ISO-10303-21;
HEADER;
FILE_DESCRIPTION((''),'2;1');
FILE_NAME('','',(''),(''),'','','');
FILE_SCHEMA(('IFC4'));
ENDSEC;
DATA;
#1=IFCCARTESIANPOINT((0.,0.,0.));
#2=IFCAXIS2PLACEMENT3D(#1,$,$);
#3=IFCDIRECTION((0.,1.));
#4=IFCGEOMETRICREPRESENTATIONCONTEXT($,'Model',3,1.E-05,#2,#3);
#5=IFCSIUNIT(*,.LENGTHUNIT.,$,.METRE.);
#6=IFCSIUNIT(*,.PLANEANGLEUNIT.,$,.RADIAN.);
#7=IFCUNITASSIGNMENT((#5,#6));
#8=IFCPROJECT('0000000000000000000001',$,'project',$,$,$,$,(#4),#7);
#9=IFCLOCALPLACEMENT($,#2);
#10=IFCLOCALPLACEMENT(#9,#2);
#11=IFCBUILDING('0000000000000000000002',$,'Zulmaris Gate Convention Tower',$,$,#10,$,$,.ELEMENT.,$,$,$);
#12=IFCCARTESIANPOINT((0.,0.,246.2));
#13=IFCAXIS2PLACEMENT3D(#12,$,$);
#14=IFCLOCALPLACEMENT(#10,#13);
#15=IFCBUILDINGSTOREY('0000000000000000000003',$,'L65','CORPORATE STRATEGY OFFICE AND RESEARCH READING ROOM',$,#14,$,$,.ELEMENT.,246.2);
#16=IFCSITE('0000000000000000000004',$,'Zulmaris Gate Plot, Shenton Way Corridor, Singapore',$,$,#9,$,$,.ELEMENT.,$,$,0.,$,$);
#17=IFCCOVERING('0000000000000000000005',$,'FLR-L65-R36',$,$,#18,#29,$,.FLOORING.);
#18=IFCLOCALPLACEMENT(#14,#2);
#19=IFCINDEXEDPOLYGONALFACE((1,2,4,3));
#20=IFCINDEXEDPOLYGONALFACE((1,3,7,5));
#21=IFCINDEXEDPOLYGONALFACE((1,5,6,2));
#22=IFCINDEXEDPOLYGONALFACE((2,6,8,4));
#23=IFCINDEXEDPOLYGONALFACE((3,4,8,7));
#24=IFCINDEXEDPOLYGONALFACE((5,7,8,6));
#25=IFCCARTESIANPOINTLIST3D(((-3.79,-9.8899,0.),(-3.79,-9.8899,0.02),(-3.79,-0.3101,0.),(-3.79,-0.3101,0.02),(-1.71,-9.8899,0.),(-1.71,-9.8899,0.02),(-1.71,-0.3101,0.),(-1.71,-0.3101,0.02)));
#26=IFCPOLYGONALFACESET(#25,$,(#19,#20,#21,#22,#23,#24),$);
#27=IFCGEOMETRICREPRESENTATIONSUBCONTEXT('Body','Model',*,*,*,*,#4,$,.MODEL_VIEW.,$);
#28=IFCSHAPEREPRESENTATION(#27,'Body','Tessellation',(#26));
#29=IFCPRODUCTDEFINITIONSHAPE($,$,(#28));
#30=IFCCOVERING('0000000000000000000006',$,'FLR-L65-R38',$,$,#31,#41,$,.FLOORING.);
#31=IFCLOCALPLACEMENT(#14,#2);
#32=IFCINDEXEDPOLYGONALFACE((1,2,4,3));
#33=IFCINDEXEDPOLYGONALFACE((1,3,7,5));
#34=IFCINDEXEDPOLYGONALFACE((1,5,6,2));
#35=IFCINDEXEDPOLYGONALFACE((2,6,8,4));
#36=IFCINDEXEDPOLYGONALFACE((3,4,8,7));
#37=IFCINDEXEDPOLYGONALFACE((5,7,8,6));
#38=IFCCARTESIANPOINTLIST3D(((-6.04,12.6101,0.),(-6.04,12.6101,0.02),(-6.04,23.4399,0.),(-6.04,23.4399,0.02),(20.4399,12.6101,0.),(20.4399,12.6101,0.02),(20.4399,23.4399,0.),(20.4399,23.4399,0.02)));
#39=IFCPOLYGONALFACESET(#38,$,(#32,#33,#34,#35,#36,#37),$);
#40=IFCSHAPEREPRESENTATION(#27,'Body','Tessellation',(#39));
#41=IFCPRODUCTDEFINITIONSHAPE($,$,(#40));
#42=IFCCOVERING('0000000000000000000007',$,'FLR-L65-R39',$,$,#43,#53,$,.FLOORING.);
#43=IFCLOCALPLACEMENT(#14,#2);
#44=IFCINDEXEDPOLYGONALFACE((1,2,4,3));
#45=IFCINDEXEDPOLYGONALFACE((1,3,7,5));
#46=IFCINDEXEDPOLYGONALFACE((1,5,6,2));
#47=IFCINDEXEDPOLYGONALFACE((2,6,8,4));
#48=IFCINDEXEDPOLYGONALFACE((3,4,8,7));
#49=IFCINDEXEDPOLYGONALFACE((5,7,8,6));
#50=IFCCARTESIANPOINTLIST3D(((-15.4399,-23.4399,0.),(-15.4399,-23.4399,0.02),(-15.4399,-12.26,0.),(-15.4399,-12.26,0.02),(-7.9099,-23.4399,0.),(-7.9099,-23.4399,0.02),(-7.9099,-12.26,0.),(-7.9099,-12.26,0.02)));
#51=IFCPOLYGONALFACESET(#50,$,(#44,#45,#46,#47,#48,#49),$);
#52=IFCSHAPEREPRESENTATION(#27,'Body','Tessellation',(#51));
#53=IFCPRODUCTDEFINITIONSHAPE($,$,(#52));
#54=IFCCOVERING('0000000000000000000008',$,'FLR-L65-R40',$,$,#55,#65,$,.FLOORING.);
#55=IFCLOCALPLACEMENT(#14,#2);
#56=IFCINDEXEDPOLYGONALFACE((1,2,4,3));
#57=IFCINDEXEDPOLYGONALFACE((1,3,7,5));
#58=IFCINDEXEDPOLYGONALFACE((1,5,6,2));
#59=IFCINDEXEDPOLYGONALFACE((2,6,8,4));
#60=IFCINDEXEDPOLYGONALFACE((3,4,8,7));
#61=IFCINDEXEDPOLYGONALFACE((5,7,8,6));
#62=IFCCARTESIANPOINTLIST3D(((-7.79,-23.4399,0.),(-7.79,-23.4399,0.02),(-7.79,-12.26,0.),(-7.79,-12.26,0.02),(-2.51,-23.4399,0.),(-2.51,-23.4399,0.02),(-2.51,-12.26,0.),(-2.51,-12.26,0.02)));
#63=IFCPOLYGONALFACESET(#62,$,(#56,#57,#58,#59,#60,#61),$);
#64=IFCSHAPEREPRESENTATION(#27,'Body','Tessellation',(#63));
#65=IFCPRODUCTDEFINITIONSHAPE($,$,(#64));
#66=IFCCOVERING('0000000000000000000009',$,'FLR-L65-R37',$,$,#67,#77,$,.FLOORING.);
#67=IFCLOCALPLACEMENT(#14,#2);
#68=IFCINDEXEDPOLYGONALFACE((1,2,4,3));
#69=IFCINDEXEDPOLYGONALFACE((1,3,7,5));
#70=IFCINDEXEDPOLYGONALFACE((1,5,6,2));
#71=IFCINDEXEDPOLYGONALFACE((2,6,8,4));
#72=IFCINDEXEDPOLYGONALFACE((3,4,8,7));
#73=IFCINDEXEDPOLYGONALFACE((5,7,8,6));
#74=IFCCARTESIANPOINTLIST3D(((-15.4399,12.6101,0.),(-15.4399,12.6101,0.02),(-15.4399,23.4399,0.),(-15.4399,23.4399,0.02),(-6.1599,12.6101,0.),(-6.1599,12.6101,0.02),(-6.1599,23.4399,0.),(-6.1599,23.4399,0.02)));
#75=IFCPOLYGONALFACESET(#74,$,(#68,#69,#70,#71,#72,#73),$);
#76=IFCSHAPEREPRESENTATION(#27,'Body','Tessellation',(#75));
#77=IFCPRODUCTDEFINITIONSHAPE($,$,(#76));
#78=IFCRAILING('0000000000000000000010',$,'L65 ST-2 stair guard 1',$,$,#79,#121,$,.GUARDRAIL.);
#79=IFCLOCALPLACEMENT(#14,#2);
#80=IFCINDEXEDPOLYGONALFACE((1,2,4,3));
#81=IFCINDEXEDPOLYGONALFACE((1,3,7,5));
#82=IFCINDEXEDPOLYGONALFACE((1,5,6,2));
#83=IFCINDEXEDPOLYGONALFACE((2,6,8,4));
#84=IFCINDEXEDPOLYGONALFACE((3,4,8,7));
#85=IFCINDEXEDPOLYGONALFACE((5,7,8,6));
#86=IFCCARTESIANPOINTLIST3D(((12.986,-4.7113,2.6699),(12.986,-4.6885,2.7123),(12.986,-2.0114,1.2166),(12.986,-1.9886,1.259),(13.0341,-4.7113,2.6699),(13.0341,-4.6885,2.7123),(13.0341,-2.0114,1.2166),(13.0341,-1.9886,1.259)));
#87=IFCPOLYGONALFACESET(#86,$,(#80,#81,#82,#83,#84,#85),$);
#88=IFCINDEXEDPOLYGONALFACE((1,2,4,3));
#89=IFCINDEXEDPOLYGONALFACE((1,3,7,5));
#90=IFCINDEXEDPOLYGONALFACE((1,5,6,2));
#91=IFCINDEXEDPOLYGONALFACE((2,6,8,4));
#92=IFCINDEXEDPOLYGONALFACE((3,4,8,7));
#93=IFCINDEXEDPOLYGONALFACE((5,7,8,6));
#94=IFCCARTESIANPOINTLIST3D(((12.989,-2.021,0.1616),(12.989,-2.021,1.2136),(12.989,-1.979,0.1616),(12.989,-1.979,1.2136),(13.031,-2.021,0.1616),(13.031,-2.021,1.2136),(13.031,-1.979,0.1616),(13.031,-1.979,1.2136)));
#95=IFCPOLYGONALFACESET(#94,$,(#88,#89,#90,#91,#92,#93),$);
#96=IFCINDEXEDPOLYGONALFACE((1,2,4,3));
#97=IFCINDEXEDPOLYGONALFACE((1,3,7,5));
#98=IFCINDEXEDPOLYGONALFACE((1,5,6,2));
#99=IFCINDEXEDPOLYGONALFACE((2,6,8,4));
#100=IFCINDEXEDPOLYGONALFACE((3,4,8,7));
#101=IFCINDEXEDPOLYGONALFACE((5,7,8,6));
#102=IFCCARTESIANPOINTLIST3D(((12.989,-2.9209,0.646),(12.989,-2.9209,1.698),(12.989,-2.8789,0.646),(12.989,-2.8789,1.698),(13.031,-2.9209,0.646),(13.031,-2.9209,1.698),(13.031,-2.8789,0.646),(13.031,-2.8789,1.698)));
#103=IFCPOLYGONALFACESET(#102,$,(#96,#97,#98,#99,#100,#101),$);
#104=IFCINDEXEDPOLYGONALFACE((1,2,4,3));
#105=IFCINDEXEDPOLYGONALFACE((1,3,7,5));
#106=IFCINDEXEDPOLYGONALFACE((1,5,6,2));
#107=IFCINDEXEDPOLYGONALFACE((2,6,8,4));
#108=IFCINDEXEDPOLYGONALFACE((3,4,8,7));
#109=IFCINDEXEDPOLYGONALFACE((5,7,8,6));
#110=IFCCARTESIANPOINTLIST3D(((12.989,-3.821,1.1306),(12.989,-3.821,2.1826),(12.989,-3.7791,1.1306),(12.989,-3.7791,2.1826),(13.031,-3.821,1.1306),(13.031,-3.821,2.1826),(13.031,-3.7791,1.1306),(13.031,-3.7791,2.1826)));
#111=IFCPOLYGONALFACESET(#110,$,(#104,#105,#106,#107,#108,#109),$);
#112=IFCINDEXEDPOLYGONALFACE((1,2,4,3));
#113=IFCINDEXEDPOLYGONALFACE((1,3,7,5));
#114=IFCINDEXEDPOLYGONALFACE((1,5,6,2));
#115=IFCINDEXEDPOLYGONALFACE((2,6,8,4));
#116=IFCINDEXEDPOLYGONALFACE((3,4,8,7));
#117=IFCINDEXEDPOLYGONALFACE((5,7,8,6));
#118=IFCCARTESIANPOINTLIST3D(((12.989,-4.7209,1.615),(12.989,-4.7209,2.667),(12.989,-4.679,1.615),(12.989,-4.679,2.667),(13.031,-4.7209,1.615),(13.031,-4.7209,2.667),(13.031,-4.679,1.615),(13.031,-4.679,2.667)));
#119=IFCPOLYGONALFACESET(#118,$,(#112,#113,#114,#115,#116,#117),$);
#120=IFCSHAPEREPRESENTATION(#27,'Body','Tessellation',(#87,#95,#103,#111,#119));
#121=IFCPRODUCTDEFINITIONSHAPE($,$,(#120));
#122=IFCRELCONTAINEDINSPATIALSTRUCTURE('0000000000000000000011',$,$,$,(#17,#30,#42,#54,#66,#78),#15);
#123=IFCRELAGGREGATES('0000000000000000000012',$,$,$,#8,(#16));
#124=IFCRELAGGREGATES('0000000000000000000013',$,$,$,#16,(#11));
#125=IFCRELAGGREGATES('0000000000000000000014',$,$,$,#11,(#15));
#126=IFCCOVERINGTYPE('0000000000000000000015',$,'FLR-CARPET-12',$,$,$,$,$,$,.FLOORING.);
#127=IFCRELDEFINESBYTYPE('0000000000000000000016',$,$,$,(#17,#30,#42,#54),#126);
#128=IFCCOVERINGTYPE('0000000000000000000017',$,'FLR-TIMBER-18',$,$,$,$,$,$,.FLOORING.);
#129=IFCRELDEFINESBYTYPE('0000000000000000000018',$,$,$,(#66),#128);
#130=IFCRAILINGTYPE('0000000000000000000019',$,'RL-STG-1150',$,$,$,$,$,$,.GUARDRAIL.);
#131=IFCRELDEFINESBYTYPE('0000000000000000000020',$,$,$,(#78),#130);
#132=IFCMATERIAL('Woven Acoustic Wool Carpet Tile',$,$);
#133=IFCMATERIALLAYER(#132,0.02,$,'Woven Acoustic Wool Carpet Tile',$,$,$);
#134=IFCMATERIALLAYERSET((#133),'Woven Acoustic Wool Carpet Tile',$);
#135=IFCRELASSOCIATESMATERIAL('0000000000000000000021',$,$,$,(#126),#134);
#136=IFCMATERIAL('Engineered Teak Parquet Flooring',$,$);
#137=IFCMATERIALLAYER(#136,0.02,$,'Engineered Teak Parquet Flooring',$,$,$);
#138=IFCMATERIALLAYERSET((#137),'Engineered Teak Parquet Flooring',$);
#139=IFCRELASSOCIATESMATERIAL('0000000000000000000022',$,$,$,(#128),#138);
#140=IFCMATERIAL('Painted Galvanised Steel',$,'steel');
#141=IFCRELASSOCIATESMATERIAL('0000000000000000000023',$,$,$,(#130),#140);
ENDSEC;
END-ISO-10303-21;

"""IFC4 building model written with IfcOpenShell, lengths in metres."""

from ifc_helpers import new_model, si_unit, direction, frame, origin, origin_2d, place, context, subcontext, project, spatial, polyline, rectangle, outline, extrude, material, layer, layer_set, type_object, element, save


model = new_model("IFC4")

# Units and contexts
model_context = context("Model", 3, precision=1e-05, world=origin(), true_north=direction((0.0, 1.0)))
body_context = subcontext(model_context, "Body", "Model", "MODEL_VIEW")
ifc_project = project(units=[si_unit("LENGTHUNIT", "METRE"), si_unit("PLANEANGLEUNIT", "RADIAN")], contexts=[model_context])

# Site, building, storey
site_placement = place(None, origin())
site = spatial("IfcSite", under=ifc_project, at=site_placement, Name="Zulmaris Gate Plot, Shenton Way Corridor, Singapore", CompositionType="ELEMENT", RefElevation=0.0)
building_placement = place(site_placement, origin())
building = spatial("IfcBuilding", under=site, at=building_placement, Name="Zulmaris Gate Convention Tower", CompositionType="ELEMENT")
storey_placement = place(building_placement, frame((0.0, 0.0, 246.2)))
storey = spatial("IfcBuildingStorey", under=building, at=storey_placement, Name="L65", Description="CORPORATE STRATEGY OFFICE AND RESEARCH READING ROOM", CompositionType="ELEMENT", Elevation=246.2)

# Coverings
ifc_material_1 = material(Name="Woven Acoustic Wool Carpet Tile")
ifc_layer_1 = layer(ifc_material_1, 0.02, Name="Woven Acoustic Wool Carpet Tile")
ifc_layer_set_1 = layer_set([ifc_layer_1], Name="Woven Acoustic Wool Carpet Tile")
covering_type_1 = type_object("IfcCoveringType", Name="FLR-CARPET-12", PredefinedType="FLOORING", material=ifc_layer_set_1)
covering_1_placement = place(storey_placement, origin())
element("IfcCovering", 1, at=covering_1_placement, inside=storey, type_object=covering_type_1, Name="FLR-L65-R36", PredefinedType="FLOORING", context=body_context, shape_type="SweptSolid", body=[
    extrude(outline(polyline([(-3.79, -9.8899), (-1.71, -9.8899), (-1.71, -0.3101), (-3.79, -0.3101), (-3.79, -9.8899)])), origin(), (0.0, 0.0, 1.0), 0.02),
])
covering_2_placement = place(storey_placement, origin())
element("IfcCovering", 2, at=covering_2_placement, inside=storey, type_object=covering_type_1, Name="FLR-L65-R38", PredefinedType="FLOORING", context=body_context, shape_type="SweptSolid", body=[
    extrude(outline(polyline([(-6.04, 12.6101), (20.4399, 12.6101), (20.4399, 23.4399), (-6.04, 23.4399), (-6.04, 12.6101)])), origin(), (0.0, 0.0, 1.0), 0.02),
])
covering_3_placement = place(storey_placement, origin())
element("IfcCovering", 3, at=covering_3_placement, inside=storey, type_object=covering_type_1, Name="FLR-L65-R39", PredefinedType="FLOORING", context=body_context, shape_type="SweptSolid", body=[
    extrude(outline(polyline([(-15.4399, -23.4399), (-7.9099, -23.4399), (-7.9099, -12.26), (-15.4399, -12.26), (-15.4399, -23.4399)])), origin(), (0.0, 0.0, 1.0), 0.02),
])
covering_4_placement = place(storey_placement, origin())
element("IfcCovering", 4, at=covering_4_placement, inside=storey, type_object=covering_type_1, Name="FLR-L65-R40", PredefinedType="FLOORING", context=body_context, shape_type="SweptSolid", body=[
    extrude(outline(polyline([(-7.79, -23.4399), (-2.51, -23.4399), (-2.51, -12.26), (-7.79, -12.26), (-7.79, -23.4399)])), origin(), (0.0, 0.0, 1.0), 0.02),
])
ifc_material_2 = material(Name="Engineered Teak Parquet Flooring")
ifc_layer_2 = layer(ifc_material_2, 0.02, Name="Engineered Teak Parquet Flooring")
ifc_layer_set_2 = layer_set([ifc_layer_2], Name="Engineered Teak Parquet Flooring")
covering_type_2 = type_object("IfcCoveringType", Name="FLR-TIMBER-18", PredefinedType="FLOORING", material=ifc_layer_set_2)
covering_5_placement = place(storey_placement, origin())
element("IfcCovering", 5, at=covering_5_placement, inside=storey, type_object=covering_type_2, Name="FLR-L65-R37", PredefinedType="FLOORING", context=body_context, shape_type="SweptSolid", body=[
    extrude(outline(polyline([(-15.4399, 12.6101), (-6.1599, 12.6101), (-6.1599, 23.4399), (-15.4399, 23.4399), (-15.4399, 12.6101)])), origin(), (0.0, 0.0, 1.0), 0.02),
])

# Railing
ifc_material_3 = material(Name="Painted Galvanised Steel", Category="steel")
railing_type = type_object("IfcRailingType", Name="RL-STG-1150", PredefinedType="GUARDRAIL", material=ifc_material_3)
railing_placement = place(storey_placement, frame((13.01, -2.0, 0.1616)))
element("IfcRailing", 6, at=railing_placement, inside=storey, type_object=railing_type, Name="L65 ST-2 stair guard 1", PredefinedType="GUARDRAIL", context=body_context, shape_type="SweptSolid", body=[
    extrude(rectangle(XDim=0.0481, YDim=0.0481, at=origin_2d()), frame((0.0, 0.0, 1.0762), z_axis=(0.0, -0.880532, 0.473986), x_axis=(1.0, 0.0, 0.0)), (0.0, 0.0, 1.0), 3.0662),
    extrude(rectangle(XDim=0.042, YDim=0.042, at=origin_2d()), origin(), (0.0, 0.0, 1.0), 1.052),
    extrude(rectangle(XDim=0.042, YDim=0.042, at=origin_2d()), frame((0.0, -0.8999, 0.4844)), (0.0, 0.0, 1.0), 1.052),
    extrude(rectangle(XDim=0.042, YDim=0.042, at=origin_2d()), frame((0.0, -1.8, 0.969)), (0.0, 0.0, 1.0), 1.052),
    extrude(rectangle(XDim=0.042, YDim=0.042, at=origin_2d()), frame((0.0, -2.7, 1.4534)), (0.0, 0.0, 1.0), 1.052),
])

save(model, "model.ifc")
